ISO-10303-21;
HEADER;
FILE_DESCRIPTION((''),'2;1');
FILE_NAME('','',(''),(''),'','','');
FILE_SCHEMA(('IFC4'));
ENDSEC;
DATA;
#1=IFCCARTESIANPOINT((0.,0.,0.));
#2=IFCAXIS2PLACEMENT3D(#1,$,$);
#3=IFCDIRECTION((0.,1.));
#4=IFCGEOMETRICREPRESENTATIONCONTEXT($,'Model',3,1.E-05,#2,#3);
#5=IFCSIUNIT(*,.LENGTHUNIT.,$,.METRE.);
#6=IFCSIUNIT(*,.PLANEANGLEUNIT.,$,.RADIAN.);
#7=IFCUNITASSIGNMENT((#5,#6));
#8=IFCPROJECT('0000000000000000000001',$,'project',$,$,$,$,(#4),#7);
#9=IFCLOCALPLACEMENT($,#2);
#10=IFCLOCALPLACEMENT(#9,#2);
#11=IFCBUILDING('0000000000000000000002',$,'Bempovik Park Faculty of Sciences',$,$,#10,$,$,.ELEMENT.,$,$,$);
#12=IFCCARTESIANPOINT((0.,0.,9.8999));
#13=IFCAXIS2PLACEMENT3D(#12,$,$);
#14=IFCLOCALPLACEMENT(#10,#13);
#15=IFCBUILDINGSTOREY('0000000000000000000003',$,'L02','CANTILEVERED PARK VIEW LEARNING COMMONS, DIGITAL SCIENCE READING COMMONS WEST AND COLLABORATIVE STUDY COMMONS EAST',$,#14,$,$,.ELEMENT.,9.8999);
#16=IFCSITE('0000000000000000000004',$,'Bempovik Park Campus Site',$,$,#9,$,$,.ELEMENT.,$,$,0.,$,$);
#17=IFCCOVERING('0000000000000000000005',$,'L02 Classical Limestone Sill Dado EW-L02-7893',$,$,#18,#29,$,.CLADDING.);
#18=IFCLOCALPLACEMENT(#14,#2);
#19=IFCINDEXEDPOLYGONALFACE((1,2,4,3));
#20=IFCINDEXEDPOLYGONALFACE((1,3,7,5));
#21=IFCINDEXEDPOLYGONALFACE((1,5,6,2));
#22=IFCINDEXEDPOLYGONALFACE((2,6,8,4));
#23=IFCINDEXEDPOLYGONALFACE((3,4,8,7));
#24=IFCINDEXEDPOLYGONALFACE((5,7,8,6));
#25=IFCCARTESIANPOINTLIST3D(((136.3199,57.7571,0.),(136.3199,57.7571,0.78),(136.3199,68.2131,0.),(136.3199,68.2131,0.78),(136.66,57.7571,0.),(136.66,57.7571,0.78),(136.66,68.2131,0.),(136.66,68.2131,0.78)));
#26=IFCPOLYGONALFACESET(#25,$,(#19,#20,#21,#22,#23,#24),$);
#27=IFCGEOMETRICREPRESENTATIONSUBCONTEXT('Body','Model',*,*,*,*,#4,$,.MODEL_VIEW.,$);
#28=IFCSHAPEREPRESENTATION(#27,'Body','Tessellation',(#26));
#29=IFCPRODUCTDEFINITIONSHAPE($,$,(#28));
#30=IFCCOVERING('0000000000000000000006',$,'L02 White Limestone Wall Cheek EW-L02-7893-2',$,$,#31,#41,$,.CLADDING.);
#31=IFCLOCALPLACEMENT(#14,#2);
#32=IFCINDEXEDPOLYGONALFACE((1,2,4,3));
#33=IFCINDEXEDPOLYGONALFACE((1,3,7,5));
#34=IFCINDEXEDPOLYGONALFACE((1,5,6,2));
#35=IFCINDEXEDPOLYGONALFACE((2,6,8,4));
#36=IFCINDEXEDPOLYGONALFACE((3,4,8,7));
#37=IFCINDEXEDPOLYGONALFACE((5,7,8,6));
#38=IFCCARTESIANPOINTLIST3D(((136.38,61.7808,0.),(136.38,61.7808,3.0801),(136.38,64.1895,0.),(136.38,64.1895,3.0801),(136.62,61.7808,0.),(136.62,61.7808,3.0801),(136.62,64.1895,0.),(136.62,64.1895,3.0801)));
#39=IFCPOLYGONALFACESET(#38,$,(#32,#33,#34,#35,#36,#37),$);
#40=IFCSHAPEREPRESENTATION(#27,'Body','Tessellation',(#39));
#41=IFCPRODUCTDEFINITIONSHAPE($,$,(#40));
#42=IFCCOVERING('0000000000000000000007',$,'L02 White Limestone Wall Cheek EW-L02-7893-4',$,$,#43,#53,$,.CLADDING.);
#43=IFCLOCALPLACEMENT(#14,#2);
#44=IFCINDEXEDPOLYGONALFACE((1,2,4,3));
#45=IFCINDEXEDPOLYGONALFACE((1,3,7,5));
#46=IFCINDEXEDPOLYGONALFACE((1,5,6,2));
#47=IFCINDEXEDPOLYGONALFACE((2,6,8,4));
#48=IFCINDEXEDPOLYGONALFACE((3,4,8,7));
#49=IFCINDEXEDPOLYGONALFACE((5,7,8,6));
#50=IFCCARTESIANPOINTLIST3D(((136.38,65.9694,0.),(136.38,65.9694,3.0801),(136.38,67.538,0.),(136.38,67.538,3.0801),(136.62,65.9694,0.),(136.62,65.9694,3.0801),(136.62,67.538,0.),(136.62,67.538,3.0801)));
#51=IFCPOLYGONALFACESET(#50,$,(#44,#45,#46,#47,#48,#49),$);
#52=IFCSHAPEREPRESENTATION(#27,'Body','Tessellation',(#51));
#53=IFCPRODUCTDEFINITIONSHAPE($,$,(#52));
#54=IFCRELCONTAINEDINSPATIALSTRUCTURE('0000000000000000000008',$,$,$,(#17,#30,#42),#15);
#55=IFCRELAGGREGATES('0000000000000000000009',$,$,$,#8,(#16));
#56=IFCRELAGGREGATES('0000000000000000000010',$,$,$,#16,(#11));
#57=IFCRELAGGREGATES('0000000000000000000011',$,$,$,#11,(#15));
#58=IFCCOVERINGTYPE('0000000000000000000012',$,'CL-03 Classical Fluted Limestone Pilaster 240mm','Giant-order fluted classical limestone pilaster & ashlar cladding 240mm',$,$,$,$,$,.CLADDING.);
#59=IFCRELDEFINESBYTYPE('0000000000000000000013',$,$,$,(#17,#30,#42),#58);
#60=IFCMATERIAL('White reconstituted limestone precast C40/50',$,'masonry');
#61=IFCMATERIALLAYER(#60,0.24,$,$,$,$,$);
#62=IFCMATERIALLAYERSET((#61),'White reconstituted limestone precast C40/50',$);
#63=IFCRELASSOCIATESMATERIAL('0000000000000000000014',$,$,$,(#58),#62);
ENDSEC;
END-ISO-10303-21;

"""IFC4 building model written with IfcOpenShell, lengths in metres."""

from ifc_helpers import new_model, si_unit, direction, frame, origin, origin_2d, place, context, subcontext, project, spatial, rectangle, extrude, material, layer, layer_set, type_object, element, save


model = new_model("IFC4")

# Units and contexts
model_context = context("Model", 3, precision=1e-05, world=origin(), true_north=direction((0.0, 1.0)))
body_context = subcontext(model_context, "Body", "Model", "MODEL_VIEW")
ifc_project = project(units=[si_unit("LENGTHUNIT", "METRE"), si_unit("PLANEANGLEUNIT", "RADIAN")], contexts=[model_context])

# Site, building, storey
site_placement = place(None, origin())
site = spatial("IfcSite", under=ifc_project, at=site_placement, Name="Bempovik Park Campus Site", CompositionType="ELEMENT", RefElevation=0.0)
building_placement = place(site_placement, origin())
building = spatial("IfcBuilding", under=site, at=building_placement, Name="Bempovik Park Faculty of Sciences", CompositionType="ELEMENT")
storey_placement = place(building_placement, frame((0.0, 0.0, 9.8999)))
storey = spatial("IfcBuildingStorey", under=building, at=storey_placement, Name="L02", Description="CANTILEVERED PARK VIEW LEARNING COMMONS, DIGITAL SCIENCE READING COMMONS WEST AND COLLABORATIVE STUDY COMMONS EAST", CompositionType="ELEMENT", Elevation=9.8999)

# Coverings
ifc_material_1 = material(Name="White reconstituted limestone precast C40/50", Category="masonry")
ifc_layer_1 = layer(ifc_material_1, 0.24)
ifc_layer_set_1 = layer_set([ifc_layer_1], Name="White reconstituted limestone precast C40/50")
covering_type = type_object("IfcCoveringType", Name="CL-03 Classical Fluted Limestone Pilaster 240mm", Description="Giant-order fluted classical limestone pilaster & ashlar cladding 240mm", PredefinedType="CLADDING", material=ifc_layer_set_1)
covering_1_placement = place(storey_placement, frame((136.49, 62.9851, 0.0), z_axis=(0.0, 0.0, 1.0), x_axis=(1.0, 0.0, 0.0)))
element("IfcCovering", 1, at=covering_1_placement, inside=storey, type_object=covering_type, Name="L02 Classical Limestone Sill Dado EW-L02-7893", PredefinedType="CLADDING", context=body_context, shape_type="SweptSolid", body=[
    extrude(rectangle(XDim=0.3401, YDim=10.4561, at=origin_2d()), origin(), (0.0, 0.0, 1.0), 0.78),
])
covering_2_placement = place(storey_placement, frame((136.5, 62.9851, 0.0), z_axis=(0.0, 0.0, 1.0), x_axis=(1.0, 0.0, 0.0)))
element("IfcCovering", 2, at=covering_2_placement, inside=storey, type_object=covering_type, Name="L02 White Limestone Wall Cheek EW-L02-7893-2", PredefinedType="CLADDING", context=body_context, shape_type="SweptSolid", body=[
    extrude(rectangle(XDim=0.24, YDim=2.4087, at=origin_2d()), origin(), (0.0, 0.0, 1.0), 3.0801),
])
covering_3_placement = place(storey_placement, frame((136.5, 66.7537, 0.0), z_axis=(0.0, 0.0, 1.0), x_axis=(1.0, 0.0, 0.0)))
element("IfcCovering", 3, at=covering_3_placement, inside=storey, type_object=covering_type, Name="L02 White Limestone Wall Cheek EW-L02-7893-4", PredefinedType="CLADDING", context=body_context, shape_type="SweptSolid", body=[
    extrude(rectangle(XDim=0.24, YDim=1.5686, at=origin_2d()), origin(), (0.0, 0.0, 1.0), 3.0801),
])

save(model, "model.ifc")
